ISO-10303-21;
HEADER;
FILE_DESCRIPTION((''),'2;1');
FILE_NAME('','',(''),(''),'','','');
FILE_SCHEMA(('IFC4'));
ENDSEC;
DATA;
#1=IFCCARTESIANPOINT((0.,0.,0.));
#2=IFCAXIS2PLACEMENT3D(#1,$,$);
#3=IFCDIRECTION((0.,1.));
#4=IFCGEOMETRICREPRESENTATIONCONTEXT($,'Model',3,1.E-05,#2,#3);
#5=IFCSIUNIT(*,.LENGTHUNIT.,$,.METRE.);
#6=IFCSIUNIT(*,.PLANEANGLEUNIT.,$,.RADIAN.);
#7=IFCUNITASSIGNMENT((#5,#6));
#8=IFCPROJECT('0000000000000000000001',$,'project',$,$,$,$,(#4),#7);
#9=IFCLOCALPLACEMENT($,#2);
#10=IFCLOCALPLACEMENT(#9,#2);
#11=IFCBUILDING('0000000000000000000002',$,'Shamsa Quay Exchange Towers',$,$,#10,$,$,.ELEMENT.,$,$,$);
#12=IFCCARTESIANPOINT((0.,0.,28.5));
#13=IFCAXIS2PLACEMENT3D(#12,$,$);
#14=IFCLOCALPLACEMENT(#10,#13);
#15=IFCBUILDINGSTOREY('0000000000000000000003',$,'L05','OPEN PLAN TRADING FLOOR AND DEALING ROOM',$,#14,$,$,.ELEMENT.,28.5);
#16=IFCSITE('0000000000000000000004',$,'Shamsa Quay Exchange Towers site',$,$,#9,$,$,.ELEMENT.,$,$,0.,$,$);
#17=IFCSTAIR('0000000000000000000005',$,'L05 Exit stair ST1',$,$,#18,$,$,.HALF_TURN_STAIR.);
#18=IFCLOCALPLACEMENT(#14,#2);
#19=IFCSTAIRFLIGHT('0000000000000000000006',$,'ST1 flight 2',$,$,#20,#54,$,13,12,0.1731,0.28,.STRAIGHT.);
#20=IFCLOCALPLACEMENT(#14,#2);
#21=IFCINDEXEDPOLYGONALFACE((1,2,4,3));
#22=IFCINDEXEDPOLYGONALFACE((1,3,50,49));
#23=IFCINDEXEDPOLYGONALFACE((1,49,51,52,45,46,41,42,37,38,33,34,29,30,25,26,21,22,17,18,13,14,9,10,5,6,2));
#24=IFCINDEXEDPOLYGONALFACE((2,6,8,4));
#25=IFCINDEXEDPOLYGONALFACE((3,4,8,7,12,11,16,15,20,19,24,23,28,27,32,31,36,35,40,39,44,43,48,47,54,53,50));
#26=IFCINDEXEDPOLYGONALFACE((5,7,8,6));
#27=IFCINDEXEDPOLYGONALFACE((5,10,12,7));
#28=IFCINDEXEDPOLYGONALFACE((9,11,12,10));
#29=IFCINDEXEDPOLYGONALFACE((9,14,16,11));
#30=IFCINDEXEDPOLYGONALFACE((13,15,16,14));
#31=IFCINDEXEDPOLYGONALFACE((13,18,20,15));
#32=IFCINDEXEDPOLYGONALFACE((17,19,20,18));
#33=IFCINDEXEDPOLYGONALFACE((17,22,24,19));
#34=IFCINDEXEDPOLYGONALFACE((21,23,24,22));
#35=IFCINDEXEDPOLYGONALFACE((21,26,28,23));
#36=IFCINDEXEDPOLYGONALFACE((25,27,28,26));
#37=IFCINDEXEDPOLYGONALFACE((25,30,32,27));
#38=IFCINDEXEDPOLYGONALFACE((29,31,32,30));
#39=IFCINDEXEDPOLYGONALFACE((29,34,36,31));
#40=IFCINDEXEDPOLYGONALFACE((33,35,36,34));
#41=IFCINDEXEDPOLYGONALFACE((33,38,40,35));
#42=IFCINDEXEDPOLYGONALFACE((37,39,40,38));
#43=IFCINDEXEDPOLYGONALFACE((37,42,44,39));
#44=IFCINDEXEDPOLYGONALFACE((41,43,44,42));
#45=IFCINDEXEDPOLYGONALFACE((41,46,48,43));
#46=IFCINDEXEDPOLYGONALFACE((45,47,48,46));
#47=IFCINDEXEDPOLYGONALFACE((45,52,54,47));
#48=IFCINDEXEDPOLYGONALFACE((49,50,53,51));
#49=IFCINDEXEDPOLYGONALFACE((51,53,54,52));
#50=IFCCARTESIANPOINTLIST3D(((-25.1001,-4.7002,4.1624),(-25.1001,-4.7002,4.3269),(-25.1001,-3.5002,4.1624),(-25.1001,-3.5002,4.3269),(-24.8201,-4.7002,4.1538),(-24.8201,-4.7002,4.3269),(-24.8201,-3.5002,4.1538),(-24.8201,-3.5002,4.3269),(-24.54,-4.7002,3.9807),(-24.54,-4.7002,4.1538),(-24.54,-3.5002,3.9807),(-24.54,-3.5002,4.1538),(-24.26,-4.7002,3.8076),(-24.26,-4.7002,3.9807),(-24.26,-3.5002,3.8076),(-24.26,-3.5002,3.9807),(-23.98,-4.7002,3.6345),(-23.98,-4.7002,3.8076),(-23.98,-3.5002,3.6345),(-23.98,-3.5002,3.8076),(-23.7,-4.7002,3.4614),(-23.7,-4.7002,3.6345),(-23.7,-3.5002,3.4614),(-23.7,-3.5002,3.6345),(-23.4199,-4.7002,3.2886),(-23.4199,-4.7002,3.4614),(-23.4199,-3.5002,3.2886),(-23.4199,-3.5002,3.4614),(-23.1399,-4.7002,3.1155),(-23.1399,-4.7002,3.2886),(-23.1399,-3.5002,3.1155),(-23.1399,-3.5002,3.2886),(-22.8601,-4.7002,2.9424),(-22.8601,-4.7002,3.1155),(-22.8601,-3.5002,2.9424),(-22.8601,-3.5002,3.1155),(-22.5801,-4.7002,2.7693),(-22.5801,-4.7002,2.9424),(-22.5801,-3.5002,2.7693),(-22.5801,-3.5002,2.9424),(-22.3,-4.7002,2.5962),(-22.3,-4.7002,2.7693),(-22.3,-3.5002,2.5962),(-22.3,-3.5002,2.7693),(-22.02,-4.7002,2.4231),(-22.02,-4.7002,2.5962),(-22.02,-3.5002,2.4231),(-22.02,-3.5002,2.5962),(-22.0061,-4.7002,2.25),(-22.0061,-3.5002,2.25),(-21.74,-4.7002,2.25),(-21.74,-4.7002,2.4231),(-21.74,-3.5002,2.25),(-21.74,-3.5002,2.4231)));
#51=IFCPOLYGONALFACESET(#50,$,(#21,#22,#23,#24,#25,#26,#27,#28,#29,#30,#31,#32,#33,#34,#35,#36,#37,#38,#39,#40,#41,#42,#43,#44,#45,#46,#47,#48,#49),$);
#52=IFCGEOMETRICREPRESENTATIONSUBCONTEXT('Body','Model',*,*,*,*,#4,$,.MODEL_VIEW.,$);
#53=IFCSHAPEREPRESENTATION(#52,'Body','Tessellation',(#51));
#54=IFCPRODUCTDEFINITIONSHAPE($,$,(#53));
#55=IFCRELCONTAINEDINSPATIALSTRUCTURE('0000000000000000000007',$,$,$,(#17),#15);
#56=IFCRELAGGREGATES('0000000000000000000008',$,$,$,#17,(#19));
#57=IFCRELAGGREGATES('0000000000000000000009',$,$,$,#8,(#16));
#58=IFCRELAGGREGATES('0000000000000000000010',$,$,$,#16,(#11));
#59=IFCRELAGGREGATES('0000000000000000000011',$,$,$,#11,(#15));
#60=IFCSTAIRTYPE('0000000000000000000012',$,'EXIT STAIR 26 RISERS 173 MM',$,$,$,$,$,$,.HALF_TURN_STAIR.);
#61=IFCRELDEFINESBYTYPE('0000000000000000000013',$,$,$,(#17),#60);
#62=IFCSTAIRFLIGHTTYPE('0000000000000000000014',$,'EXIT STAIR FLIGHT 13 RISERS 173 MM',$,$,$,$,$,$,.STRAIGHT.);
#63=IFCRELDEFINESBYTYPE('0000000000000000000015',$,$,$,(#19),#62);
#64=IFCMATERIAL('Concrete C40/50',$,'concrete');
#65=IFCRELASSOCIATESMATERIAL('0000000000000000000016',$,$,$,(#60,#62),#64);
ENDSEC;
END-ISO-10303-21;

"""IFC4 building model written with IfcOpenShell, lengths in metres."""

from ifc_helpers import new_model, si_unit, direction, frame, origin, place, context, subcontext, project, spatial, polyline, outline, extrude, material, type_object, element, aggregate, save


model = new_model("IFC4")

# Units and contexts
model_context = context("Model", 3, precision=1e-05, world=origin(), true_north=direction((0.0, 1.0)))
body_context = subcontext(model_context, "Body", "Model", "MODEL_VIEW")
ifc_project = project(units=[si_unit("LENGTHUNIT", "METRE"), si_unit("PLANEANGLEUNIT", "RADIAN")], contexts=[model_context])

# Site, building, storey
site_placement = place(None, origin())
site = spatial("IfcSite", under=ifc_project, at=site_placement, Name="Shamsa Quay Exchange Towers site", CompositionType="ELEMENT", RefElevation=0.0)
building_placement = place(site_placement, origin())
building = spatial("IfcBuilding", under=site, at=building_placement, Name="Shamsa Quay Exchange Towers", CompositionType="ELEMENT")
storey_placement = place(building_placement, frame((0.0, 0.0, 28.5)))
storey = spatial("IfcBuildingStorey", under=building, at=storey_placement, Name="L05", Description="OPEN PLAN TRADING FLOOR AND DEALING ROOM", CompositionType="ELEMENT", Elevation=28.5)

# Stair, stair flight
ifc_material_1 = material(Name="Concrete C40/50", Category="concrete")
stair_type = type_object("IfcStairType", Name="EXIT STAIR 26 RISERS 173 MM", PredefinedType="HALF_TURN_STAIR", material=ifc_material_1)
stair_placement = place(storey_placement, origin())
stair = element("IfcStair", 1, at=stair_placement, inside=storey, type_object=stair_type, Name="L05 Exit stair ST1", PredefinedType="HALF_TURN_STAIR")
stair_flight_type = type_object("IfcStairFlightType", Name="EXIT STAIR FLIGHT 13 RISERS 173 MM", PredefinedType="STRAIGHT", material=ifc_material_1)
stair_flight_1_placement = place(storey_placement, frame((-21.74, -4.1001, 2.25), z_axis=(0.0, 0.0, 1.0), x_axis=(-1.0, 0.0, 0.0)))
stair_flight_1 = element("IfcStairFlight", 2, at=stair_flight_1_placement, type_object=stair_flight_type, Name="ST1 flight 2", NumberOfRisers=13, NumberOfTreads=12, PredefinedType="STRAIGHT", RiserHeight=0.1731, TreadLength=0.28, context=body_context, shape_type="SweptSolid", body=[
    extrude(outline(polyline([(0.0, 0.0), (0.0, 0.1731), (0.28, 0.1731), (0.28, 0.3462), (0.5601, 0.3462), (0.5601, 0.5193), (0.8401, 0.5193), (0.8401, 0.6924), (1.1201, 0.6924), (1.1201, 0.8655), (1.3999, 0.8655), (1.3999, 1.0386), (1.6799, 1.0386), (1.6799, 1.2114), (1.96, 1.2114), (1.96, 1.3845), (2.24, 1.3845), (2.24, 1.5576), (2.52, 1.5576), (2.52, 1.7307), (2.8, 1.7307), (2.8, 1.9038), (3.0801, 1.9038), (3.0801, 2.0769), (3.3601, 2.0769), (3.3601, 2.25), (3.3601, 1.9124), (0.2661, 0.0), (0.0, 0.0)])), frame((0.0, 0.6001, 0.0), z_axis=(0.0, -1.0, 0.0), x_axis=(1.0, 0.0, 0.0)), (0.0, 0.0, 1.0), 1.2),
])
aggregate(stair, [stair_flight_1])

save(model, "model.ifc")
